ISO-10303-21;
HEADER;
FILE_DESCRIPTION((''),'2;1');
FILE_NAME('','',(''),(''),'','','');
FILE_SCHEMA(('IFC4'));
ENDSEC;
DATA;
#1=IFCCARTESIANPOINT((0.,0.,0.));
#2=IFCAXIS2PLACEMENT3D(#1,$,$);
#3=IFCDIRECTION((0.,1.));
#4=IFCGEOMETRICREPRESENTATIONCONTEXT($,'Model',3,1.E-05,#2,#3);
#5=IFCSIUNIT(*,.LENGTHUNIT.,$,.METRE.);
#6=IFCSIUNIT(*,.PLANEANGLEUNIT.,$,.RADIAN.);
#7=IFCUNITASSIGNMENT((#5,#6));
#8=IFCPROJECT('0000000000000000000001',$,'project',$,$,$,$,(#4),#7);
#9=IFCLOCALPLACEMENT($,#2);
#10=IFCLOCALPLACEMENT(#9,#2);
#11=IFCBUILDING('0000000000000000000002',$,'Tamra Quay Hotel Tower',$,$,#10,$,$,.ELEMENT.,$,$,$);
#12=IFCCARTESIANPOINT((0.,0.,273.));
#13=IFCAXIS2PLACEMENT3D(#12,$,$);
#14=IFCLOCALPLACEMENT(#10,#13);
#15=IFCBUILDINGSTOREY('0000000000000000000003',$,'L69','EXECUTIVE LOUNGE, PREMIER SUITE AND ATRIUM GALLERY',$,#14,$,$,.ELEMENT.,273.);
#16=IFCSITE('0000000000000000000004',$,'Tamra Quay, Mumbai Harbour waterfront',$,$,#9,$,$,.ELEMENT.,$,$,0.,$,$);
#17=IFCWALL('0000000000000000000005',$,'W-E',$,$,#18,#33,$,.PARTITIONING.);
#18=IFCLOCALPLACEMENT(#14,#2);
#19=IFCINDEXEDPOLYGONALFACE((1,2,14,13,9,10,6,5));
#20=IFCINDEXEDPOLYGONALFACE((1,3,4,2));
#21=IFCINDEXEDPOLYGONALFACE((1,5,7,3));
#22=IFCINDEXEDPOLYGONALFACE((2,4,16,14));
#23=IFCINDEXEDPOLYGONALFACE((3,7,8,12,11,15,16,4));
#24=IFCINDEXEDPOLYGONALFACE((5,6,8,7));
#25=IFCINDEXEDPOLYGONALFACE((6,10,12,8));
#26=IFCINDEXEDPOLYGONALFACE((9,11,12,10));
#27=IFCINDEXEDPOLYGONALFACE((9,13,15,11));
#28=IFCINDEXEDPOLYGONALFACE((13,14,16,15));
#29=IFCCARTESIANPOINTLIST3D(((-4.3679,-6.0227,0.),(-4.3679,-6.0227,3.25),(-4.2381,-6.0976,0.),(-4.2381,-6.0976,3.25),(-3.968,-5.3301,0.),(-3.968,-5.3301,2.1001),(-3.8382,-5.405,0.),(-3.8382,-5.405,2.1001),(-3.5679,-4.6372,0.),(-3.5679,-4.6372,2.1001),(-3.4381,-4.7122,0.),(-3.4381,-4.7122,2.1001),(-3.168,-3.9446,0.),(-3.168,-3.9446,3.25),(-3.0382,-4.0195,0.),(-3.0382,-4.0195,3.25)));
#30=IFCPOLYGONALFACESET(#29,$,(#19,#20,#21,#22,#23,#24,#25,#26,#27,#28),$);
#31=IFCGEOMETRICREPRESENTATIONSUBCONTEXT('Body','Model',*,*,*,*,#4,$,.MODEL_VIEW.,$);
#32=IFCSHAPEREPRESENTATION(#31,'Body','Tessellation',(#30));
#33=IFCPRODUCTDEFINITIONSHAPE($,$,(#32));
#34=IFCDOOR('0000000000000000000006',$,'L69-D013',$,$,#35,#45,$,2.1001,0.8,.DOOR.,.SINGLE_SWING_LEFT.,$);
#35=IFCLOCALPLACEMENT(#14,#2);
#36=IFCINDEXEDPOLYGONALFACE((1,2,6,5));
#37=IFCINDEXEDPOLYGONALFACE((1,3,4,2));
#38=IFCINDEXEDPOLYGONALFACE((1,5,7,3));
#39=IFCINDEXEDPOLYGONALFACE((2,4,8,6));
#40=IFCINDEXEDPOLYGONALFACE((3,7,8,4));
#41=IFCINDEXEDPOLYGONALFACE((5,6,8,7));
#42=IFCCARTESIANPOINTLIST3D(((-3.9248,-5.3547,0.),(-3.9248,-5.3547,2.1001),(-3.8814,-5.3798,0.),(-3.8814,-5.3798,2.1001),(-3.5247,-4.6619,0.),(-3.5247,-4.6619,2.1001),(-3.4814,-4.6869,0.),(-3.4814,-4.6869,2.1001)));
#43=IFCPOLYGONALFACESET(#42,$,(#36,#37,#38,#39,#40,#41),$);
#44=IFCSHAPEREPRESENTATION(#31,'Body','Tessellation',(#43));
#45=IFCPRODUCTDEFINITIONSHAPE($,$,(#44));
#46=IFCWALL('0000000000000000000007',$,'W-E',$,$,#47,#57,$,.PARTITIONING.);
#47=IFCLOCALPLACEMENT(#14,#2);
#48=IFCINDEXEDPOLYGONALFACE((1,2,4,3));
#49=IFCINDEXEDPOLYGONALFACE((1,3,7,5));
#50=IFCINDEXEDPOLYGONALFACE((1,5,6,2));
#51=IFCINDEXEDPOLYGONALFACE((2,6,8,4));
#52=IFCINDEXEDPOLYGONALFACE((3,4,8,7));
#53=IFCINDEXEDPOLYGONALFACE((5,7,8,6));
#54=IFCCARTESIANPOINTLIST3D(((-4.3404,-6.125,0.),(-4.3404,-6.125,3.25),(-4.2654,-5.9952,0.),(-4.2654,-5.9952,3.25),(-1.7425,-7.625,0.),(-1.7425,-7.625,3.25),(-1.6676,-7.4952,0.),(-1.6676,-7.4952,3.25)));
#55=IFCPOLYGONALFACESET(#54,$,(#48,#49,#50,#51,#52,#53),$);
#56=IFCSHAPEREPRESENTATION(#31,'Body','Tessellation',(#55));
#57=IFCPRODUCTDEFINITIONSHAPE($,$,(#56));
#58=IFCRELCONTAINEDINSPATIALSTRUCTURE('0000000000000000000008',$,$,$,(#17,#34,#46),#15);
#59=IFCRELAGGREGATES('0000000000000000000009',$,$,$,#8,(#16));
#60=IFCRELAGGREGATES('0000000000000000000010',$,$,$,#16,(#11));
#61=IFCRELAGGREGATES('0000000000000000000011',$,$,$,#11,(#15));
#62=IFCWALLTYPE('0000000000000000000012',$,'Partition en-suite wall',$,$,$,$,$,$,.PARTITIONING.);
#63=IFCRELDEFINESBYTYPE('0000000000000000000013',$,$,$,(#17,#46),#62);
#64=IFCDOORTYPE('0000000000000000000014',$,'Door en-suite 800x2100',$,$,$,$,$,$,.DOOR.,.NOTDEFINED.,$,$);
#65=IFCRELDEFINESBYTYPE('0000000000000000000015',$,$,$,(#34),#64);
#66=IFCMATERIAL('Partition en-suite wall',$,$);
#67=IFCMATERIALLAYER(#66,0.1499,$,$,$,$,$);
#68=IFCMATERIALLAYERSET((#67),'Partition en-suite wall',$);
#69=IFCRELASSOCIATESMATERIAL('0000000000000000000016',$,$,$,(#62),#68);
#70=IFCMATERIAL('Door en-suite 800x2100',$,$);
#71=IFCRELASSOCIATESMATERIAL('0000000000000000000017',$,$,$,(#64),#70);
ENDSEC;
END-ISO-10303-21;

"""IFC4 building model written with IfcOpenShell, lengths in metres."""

from ifc_helpers import new_model, si_unit, direction, frame, frame_2d, origin, place, context, subcontext, project, spatial, rectangle, extrude, material, layer, layer_set, type_object, element, fill, save


model = new_model("IFC4")

# Units and contexts
model_context = context("Model", 3, precision=1e-05, world=origin(), true_north=direction((0.0, 1.0)))
body_context = subcontext(model_context, "Body", "Model", "MODEL_VIEW")
ifc_project = project(units=[si_unit("LENGTHUNIT", "METRE"), si_unit("PLANEANGLEUNIT", "RADIAN")], contexts=[model_context])

# Site, building, storey
site_placement = place(None, origin())
site = spatial("IfcSite", under=ifc_project, at=site_placement, Name="Tamra Quay, Mumbai Harbour waterfront", CompositionType="ELEMENT", RefElevation=0.0)
building_placement = place(site_placement, origin())
building = spatial("IfcBuilding", under=site, at=building_placement, Name="Tamra Quay Hotel Tower", CompositionType="ELEMENT")
storey_placement = place(building_placement, frame((0.0, 0.0, 273.0)))
storey = spatial("IfcBuildingStorey", under=building, at=storey_placement, Name="L69", Description="EXECUTIVE LOUNGE, PREMIER SUITE AND ATRIUM GALLERY", CompositionType="ELEMENT", Elevation=273.0)

# Wall, opening, door
ifc_material_1 = material(Name="Partition en-suite wall")
ifc_layer_1 = layer(ifc_material_1, 0.1499)
ifc_layer_set_1 = layer_set([ifc_layer_1], Name="Partition en-suite wall")
wall_type_1 = type_object("IfcWallType", Name="Partition en-suite wall", PredefinedType="PARTITIONING", material=ifc_layer_set_1)
ifc_material_2 = material(Name="Door en-suite 800x2100")
door_type_1 = type_object("IfcDoorType", Name="Door en-suite 800x2100", OperationType="NOTDEFINED", PredefinedType="DOOR", material=ifc_material_2)
wall_1_placement = place(storey_placement, frame((-4.303, -6.0601, 0.0), z_axis=(0.0, 0.0, 1.0), x_axis=(0.500045, 0.865999, 0.0)))
wall_1 = element("IfcWall", 1, at=wall_1_placement, inside=storey, type_object=wall_type_1, Name="W-E", PredefinedType="PARTITIONING", context=body_context, shape_type="SweptSolid", body=[
    extrude(rectangle(XDim=2.3997, YDim=0.1499, at=frame_2d((1.1997, 0.0))), origin(), (0.0, 0.0, 1.0), 3.25),
])
opening_1_placement = place(wall_1_placement, frame((0.7998, 0.0, 0.0)))
opening_1 = element("IfcOpeningElement", 2, at=opening_1_placement, cuts=wall_1, PredefinedType="OPENING", context=body_context, shape_type="SweptSolid", body=[
    extrude(rectangle(XDim=0.8, YDim=2.1001, at=frame_2d((0.3999, 1.05))), frame((0.0, 0.085, 0.0), z_axis=(0.0, -1.0, 0.0), x_axis=(1.0, 0.0, 0.0)), (0.0, 0.0, 1.0), 0.1699),
])
door_1_placement = place(opening_1_placement, frame((0.8, 0.0, 0.0), z_axis=(0.0, 0.0, 1.0), x_axis=(-1.0, 0.0, 0.0)))
door_1 = element("IfcDoor", 3, at=door_1_placement, inside=storey, type_object=door_type_1, Name="L69-D013", OperationType="SINGLE_SWING_LEFT", OverallHeight=2.1001, OverallWidth=0.8, PredefinedType="DOOR", context=body_context, shape_type="SweptSolid", body=[
    extrude(rectangle(XDim=0.8, YDim=2.1001, at=frame_2d((0.3999, 1.05))), frame((0.0, 0.0249, 0.0), z_axis=(0.0, -1.0, 0.0), x_axis=(1.0, 0.0, 0.0)), (0.0, 0.0, 1.0), 0.05),
])
fill(opening_1, door_1)

# Wall
wall_2_placement = place(storey_placement, frame((-4.303, -6.0601, 0.0), z_axis=(0.0, 0.0, 1.0), x_axis=(0.866011, -0.500025, 0.0)))
element("IfcWall", 4, at=wall_2_placement, inside=storey, type_object=wall_type_1, Name="W-E", PredefinedType="PARTITIONING", context=body_context, shape_type="SweptSolid", body=[
    extrude(rectangle(XDim=2.9998, YDim=0.1499, at=frame_2d((1.5, 0.0))), origin(), (0.0, 0.0, 1.0), 3.25),
])

save(model, "model.ifc")
